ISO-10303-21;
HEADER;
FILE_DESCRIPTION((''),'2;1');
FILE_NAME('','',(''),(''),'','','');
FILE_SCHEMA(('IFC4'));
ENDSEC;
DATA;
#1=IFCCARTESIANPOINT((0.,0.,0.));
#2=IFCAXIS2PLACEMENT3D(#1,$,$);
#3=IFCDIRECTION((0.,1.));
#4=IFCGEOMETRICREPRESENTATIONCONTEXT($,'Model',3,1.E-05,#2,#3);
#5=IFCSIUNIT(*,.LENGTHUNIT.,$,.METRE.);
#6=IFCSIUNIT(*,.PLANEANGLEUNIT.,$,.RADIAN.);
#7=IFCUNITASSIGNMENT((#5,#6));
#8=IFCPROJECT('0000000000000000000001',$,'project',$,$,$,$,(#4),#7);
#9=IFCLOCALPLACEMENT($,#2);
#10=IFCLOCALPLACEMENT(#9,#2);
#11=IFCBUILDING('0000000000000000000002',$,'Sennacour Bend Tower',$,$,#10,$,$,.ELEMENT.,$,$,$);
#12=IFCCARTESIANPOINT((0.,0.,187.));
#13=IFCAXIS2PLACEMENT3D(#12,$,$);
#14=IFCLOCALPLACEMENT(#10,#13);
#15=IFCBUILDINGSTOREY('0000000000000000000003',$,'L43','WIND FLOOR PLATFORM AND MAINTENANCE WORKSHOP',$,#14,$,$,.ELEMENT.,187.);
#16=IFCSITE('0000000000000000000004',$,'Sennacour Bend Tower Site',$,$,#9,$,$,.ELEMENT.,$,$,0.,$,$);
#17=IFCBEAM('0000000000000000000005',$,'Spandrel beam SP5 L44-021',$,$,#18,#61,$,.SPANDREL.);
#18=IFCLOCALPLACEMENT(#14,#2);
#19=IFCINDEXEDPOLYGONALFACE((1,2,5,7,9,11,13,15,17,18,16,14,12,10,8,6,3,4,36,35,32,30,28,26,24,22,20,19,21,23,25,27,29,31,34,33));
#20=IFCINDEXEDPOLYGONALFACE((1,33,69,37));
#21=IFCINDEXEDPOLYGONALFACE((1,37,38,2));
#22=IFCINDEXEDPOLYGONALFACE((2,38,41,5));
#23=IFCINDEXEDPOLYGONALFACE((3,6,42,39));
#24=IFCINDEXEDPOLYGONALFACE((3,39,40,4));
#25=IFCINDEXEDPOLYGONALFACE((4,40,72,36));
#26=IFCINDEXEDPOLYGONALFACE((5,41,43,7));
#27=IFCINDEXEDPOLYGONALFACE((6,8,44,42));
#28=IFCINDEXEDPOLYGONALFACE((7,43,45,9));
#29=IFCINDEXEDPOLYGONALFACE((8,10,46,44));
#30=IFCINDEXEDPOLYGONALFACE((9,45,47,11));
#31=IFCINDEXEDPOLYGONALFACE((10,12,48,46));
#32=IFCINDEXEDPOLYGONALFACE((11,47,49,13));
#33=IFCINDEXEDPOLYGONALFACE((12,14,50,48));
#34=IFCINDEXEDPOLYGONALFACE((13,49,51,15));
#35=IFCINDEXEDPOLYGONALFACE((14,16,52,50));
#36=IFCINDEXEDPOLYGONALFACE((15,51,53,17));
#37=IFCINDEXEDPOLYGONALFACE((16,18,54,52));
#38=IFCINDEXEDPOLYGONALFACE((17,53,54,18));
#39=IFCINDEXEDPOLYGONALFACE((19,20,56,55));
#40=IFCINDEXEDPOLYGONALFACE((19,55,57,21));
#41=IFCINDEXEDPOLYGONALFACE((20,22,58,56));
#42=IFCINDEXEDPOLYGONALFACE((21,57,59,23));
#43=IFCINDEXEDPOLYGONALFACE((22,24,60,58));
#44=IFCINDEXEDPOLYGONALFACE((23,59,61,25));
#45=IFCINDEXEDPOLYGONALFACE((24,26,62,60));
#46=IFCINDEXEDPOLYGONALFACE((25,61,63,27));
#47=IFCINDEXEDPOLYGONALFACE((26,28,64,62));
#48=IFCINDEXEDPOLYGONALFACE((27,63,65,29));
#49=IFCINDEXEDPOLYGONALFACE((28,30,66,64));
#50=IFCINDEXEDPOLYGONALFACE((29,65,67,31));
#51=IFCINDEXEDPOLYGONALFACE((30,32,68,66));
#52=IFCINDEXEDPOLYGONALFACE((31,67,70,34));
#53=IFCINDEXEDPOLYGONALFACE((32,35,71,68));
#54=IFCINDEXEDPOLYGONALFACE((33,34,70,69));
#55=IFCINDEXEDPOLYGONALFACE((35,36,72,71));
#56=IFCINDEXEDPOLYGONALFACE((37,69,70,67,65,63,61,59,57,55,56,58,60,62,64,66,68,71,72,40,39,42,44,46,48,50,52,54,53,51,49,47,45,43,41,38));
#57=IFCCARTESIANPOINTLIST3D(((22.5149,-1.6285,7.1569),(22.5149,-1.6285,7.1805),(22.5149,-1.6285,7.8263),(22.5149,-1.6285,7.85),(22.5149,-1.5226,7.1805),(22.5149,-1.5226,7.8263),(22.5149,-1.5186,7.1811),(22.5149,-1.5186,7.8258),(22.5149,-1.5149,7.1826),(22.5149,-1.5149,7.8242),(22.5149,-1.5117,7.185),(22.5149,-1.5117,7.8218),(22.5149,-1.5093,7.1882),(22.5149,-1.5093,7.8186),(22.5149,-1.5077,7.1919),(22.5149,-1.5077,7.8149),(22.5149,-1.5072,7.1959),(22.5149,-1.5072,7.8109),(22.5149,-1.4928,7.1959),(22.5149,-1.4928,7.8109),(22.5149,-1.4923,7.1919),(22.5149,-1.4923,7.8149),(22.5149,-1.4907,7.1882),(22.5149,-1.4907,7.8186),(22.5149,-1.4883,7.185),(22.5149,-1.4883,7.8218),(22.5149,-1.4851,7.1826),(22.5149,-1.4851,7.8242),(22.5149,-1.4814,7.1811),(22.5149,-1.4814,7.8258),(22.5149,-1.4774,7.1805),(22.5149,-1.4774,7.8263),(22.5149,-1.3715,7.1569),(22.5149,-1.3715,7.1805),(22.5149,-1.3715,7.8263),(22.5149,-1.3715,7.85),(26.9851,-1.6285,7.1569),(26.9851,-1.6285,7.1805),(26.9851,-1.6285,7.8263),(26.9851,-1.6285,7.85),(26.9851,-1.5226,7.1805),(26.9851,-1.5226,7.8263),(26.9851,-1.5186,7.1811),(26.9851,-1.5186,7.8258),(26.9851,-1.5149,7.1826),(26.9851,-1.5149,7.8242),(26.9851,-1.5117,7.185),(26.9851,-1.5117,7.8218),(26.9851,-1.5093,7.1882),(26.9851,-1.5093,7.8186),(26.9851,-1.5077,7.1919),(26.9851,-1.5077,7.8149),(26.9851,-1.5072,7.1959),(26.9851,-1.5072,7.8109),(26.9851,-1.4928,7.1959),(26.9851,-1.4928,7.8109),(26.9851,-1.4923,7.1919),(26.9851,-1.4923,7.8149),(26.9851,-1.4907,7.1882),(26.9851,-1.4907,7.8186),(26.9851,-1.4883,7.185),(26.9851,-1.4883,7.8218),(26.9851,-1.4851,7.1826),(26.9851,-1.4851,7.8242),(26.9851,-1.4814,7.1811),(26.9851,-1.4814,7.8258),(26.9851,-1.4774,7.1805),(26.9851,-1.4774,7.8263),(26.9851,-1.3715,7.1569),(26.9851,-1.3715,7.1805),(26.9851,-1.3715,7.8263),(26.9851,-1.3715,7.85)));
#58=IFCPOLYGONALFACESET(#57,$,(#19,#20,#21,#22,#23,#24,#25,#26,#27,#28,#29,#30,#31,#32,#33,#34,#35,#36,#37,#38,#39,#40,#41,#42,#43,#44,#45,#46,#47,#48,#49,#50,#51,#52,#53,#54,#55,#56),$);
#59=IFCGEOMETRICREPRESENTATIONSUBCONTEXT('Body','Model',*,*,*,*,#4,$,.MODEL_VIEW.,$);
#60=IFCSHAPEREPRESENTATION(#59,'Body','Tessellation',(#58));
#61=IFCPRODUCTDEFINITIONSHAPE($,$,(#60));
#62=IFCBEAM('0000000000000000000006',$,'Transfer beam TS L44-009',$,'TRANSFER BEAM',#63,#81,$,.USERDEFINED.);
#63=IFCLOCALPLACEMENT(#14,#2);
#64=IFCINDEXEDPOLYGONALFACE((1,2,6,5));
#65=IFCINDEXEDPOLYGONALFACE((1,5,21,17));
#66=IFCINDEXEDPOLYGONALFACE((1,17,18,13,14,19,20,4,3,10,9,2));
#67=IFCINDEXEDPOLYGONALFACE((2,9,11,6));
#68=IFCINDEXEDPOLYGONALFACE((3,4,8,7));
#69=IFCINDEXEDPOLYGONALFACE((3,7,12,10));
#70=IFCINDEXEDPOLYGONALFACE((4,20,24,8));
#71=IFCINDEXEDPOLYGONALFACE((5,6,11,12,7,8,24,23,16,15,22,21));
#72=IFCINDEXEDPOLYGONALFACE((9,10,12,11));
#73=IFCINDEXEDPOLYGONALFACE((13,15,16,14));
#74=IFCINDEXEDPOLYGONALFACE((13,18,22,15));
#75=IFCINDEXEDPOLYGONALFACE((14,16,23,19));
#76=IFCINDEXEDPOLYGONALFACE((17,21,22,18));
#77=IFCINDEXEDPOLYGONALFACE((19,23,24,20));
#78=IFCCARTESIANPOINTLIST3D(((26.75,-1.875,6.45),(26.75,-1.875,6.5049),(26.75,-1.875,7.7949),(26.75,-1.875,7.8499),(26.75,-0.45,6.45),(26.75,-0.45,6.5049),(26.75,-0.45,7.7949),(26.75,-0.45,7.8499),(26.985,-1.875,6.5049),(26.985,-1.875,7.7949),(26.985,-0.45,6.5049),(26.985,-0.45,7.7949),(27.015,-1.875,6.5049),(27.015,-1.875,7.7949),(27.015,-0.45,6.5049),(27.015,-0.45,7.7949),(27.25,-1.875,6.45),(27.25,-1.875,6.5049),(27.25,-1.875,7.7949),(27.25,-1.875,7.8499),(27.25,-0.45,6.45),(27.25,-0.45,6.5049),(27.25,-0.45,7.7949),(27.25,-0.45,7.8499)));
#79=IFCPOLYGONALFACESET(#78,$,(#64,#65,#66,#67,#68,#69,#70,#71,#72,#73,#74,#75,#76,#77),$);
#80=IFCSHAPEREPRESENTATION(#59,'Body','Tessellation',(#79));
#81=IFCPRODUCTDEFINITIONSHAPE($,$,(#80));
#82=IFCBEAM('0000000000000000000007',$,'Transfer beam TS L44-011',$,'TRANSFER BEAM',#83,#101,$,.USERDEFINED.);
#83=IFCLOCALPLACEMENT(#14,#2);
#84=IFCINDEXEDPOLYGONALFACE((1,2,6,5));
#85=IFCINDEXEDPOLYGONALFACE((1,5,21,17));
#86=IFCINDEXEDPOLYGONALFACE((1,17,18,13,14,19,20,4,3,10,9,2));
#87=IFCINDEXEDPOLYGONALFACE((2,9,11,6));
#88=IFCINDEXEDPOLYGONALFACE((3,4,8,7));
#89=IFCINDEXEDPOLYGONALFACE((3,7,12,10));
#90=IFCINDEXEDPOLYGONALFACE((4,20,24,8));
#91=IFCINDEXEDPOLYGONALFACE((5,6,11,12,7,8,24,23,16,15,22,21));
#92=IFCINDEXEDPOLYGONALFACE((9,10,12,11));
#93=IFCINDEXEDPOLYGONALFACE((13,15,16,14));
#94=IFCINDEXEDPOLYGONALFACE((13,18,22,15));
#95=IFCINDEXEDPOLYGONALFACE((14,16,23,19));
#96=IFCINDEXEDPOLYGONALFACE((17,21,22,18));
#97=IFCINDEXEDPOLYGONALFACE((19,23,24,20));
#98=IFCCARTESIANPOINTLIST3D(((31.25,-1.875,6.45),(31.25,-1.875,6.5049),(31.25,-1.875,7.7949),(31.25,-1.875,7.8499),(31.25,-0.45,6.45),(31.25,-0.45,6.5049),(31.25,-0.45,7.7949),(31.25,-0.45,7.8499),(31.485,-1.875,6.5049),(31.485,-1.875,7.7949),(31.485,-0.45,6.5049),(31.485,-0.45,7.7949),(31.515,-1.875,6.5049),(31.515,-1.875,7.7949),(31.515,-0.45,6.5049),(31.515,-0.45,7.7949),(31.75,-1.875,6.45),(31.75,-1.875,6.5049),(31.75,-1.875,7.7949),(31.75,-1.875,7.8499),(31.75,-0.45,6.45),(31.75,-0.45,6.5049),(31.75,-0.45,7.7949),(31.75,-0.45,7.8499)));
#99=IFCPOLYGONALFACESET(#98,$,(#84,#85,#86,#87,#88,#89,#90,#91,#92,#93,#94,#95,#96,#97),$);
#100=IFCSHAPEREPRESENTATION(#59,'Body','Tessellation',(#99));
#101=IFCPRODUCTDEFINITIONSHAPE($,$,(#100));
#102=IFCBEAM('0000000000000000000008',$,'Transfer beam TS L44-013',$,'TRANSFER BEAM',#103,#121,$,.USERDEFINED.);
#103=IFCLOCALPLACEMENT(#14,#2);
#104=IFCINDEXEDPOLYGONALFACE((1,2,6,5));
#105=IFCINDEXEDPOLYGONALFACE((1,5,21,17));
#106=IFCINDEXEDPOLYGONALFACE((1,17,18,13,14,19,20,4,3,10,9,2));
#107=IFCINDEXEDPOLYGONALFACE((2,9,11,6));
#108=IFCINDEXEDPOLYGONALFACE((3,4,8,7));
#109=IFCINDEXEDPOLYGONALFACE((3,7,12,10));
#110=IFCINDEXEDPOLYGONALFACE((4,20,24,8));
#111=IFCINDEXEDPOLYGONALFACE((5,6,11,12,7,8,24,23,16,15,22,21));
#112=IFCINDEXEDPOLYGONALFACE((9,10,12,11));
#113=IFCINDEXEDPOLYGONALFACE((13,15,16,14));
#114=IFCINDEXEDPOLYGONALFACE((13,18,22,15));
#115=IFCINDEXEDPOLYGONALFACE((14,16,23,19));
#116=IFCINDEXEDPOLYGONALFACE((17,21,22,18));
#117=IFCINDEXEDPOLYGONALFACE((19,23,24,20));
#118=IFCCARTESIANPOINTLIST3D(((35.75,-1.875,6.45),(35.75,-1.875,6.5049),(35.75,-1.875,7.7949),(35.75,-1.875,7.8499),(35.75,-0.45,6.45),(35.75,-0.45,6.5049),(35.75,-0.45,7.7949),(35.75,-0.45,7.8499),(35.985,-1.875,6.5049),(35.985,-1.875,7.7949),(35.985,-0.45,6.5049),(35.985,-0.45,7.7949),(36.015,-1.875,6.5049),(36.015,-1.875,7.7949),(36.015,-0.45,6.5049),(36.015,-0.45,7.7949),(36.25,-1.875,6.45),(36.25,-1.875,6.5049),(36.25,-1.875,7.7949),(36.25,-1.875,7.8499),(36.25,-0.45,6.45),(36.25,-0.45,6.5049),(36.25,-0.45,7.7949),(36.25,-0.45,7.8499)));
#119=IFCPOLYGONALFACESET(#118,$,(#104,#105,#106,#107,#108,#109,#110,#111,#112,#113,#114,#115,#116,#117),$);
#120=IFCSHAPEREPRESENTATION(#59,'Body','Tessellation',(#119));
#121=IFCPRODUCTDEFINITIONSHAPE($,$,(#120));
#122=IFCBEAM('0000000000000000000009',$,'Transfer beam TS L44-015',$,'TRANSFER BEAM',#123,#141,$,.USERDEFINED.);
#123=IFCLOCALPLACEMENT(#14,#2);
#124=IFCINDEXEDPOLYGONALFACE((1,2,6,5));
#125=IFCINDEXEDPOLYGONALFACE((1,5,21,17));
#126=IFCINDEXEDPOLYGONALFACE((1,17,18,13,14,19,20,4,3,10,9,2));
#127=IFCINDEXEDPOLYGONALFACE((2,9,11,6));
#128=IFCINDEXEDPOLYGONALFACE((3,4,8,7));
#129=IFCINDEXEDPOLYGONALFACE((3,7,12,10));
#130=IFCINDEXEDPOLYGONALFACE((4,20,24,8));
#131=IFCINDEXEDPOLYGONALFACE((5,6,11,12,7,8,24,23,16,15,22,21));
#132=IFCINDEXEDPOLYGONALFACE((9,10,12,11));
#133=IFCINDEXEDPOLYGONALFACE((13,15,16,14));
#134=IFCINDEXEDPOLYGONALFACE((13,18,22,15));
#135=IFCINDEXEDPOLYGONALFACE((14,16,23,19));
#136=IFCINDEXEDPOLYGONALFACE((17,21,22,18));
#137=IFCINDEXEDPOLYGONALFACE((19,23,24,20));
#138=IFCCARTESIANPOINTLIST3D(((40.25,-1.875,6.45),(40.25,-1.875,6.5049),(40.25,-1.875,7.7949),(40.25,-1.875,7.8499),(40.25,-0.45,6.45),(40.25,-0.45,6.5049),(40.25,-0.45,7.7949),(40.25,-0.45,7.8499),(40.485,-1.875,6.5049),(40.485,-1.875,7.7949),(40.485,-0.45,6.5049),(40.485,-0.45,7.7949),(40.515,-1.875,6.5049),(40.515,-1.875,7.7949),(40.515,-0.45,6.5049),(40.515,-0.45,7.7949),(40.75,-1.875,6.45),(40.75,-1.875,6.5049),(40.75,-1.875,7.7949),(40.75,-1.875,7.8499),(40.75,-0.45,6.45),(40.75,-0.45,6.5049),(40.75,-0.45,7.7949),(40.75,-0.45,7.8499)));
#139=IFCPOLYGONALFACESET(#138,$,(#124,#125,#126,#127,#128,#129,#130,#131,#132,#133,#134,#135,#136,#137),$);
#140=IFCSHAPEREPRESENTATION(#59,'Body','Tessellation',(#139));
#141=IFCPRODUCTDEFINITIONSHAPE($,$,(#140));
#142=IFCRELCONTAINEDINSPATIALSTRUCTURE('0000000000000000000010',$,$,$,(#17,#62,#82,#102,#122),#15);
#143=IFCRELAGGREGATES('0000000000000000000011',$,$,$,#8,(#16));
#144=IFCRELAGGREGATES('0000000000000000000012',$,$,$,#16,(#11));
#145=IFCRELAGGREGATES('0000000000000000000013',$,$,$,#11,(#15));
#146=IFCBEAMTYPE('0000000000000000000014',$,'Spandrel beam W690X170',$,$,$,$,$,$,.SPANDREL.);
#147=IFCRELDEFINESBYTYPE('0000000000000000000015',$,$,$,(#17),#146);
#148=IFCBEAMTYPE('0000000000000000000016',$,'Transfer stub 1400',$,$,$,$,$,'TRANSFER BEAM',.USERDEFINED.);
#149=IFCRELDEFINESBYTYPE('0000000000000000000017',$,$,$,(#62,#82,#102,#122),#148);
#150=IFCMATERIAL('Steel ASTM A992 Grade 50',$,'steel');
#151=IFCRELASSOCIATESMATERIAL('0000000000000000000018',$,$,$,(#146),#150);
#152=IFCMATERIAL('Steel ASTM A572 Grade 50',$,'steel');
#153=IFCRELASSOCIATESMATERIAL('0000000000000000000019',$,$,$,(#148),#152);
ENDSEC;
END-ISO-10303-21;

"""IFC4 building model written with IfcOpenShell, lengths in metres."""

from ifc_helpers import new_model, si_unit, direction, frame, origin, origin_2d, place, context, subcontext, project, spatial, i_section, extrude, material, material_profile, profile_set, type_object, element, save


model = new_model("IFC4")

# Units and contexts
model_context = context("Model", 3, precision=1e-05, world=origin(), true_north=direction((0.0, 1.0)))
body_context = subcontext(model_context, "Body", "Model", "MODEL_VIEW")
ifc_project = project(units=[si_unit("LENGTHUNIT", "METRE"), si_unit("PLANEANGLEUNIT", "RADIAN")], contexts=[model_context])

# Site, building, storey
site_placement = place(None, origin())
site = spatial("IfcSite", under=ifc_project, at=site_placement, Name="Sennacour Bend Tower Site", CompositionType="ELEMENT", RefElevation=0.0)
building_placement = place(site_placement, origin())
building = spatial("IfcBuilding", under=site, at=building_placement, Name="Sennacour Bend Tower", CompositionType="ELEMENT")
storey_placement = place(building_placement, frame((0.0, 0.0, 187.0)))
storey = spatial("IfcBuildingStorey", under=building, at=storey_placement, Name="L43", Description="WIND FLOOR PLATFORM AND MAINTENANCE WORKSHOP", CompositionType="ELEMENT", Elevation=187.0)

# Shared definitions
ifc_material_1 = material(Name="Steel ASTM A572 Grade 50", Category="steel")

# Shared definitions
ifc_material_2 = material(Name="Steel ASTM A992 Grade 50", Category="steel")

# Beams
ifc_material_profile_1 = material_profile(ifc_material_2, i_section(OverallWidth=0.2571, OverallDepth=0.6931, WebThickness=0.0144, FlangeThickness=0.0237, FilletRadius=0.0154, at=origin_2d()), Name="Steel ASTM A992 Grade 50", Category="steel")
ifc_profile_set_1 = profile_set([ifc_material_profile_1], Name="Steel ASTM A992 Grade 50")
beam_type_1 = type_object("IfcBeamType", Name="Spandrel beam W690X170", PredefinedType="SPANDREL", material=ifc_profile_set_1)
for number, where, z_axis, x_axis, name in (
    (1, (26.9851, -1.5, 7.5034), (-1.0, 0.0, 0.0), (0.0, -1.0, 0.0), "Spandrel beam SP5 L44-021"),
):
    element("IfcBeam", number, at=place(storey_placement, frame(where, z_axis=z_axis, x_axis=x_axis)), inside=storey, type_object=beam_type_1, Name=name, PredefinedType="SPANDREL", context=body_context, shape_type="SweptSolid", body=[
        extrude(i_section(OverallWidth=0.2571, OverallDepth=0.6931, WebThickness=0.0144, FlangeThickness=0.0237, FilletRadius=0.0154, at=origin_2d()), origin(), (0.0, 0.0, 1.0), 4.4702),
    ])
ifc_material_profile_2 = material_profile(ifc_material_1, i_section(OverallWidth=0.5, OverallDepth=1.3999, WebThickness=0.03, FlangeThickness=0.0549, at=origin_2d()), Name="Steel ASTM A572 Grade 50", Category="steel")
ifc_profile_set_2 = profile_set([ifc_material_profile_2], Name="Steel ASTM A572 Grade 50")
beam_type_2 = type_object("IfcBeamType", Name="Transfer stub 1400", ElementType="TRANSFER BEAM", PredefinedType="USERDEFINED", material=ifc_profile_set_2)
for number, where, z_axis, x_axis, name in (
    (2, (27.0, -0.45, 7.1499), (0.0, -1.0, 0.0), (1.0, 0.0, 0.0), "Transfer beam TS L44-009"),
    (3, (31.5, -0.45, 7.1499), (0.0, -1.0, 0.0), (1.0, 0.0, 0.0), "Transfer beam TS L44-011"),
    (4, (36.0, -0.45, 7.1499), (0.0, -1.0, 0.0), (1.0, 0.0, 0.0), "Transfer beam TS L44-013"),
    (5, (40.5, -0.45, 7.1499), (0.0, -1.0, 0.0), (1.0, 0.0, 0.0), "Transfer beam TS L44-015"),
):
    element("IfcBeam", number, at=place(storey_placement, frame(where, z_axis=z_axis, x_axis=x_axis)), inside=storey, type_object=beam_type_2, Name=name, ObjectType="TRANSFER BEAM", PredefinedType="USERDEFINED", context=body_context, shape_type="SweptSolid", body=[
        extrude(i_section(OverallWidth=0.5, OverallDepth=1.3999, WebThickness=0.03, FlangeThickness=0.0549, at=origin_2d()), origin(), (0.0, 0.0, 1.0), 1.425),
    ])

save(model, "model.ifc")
